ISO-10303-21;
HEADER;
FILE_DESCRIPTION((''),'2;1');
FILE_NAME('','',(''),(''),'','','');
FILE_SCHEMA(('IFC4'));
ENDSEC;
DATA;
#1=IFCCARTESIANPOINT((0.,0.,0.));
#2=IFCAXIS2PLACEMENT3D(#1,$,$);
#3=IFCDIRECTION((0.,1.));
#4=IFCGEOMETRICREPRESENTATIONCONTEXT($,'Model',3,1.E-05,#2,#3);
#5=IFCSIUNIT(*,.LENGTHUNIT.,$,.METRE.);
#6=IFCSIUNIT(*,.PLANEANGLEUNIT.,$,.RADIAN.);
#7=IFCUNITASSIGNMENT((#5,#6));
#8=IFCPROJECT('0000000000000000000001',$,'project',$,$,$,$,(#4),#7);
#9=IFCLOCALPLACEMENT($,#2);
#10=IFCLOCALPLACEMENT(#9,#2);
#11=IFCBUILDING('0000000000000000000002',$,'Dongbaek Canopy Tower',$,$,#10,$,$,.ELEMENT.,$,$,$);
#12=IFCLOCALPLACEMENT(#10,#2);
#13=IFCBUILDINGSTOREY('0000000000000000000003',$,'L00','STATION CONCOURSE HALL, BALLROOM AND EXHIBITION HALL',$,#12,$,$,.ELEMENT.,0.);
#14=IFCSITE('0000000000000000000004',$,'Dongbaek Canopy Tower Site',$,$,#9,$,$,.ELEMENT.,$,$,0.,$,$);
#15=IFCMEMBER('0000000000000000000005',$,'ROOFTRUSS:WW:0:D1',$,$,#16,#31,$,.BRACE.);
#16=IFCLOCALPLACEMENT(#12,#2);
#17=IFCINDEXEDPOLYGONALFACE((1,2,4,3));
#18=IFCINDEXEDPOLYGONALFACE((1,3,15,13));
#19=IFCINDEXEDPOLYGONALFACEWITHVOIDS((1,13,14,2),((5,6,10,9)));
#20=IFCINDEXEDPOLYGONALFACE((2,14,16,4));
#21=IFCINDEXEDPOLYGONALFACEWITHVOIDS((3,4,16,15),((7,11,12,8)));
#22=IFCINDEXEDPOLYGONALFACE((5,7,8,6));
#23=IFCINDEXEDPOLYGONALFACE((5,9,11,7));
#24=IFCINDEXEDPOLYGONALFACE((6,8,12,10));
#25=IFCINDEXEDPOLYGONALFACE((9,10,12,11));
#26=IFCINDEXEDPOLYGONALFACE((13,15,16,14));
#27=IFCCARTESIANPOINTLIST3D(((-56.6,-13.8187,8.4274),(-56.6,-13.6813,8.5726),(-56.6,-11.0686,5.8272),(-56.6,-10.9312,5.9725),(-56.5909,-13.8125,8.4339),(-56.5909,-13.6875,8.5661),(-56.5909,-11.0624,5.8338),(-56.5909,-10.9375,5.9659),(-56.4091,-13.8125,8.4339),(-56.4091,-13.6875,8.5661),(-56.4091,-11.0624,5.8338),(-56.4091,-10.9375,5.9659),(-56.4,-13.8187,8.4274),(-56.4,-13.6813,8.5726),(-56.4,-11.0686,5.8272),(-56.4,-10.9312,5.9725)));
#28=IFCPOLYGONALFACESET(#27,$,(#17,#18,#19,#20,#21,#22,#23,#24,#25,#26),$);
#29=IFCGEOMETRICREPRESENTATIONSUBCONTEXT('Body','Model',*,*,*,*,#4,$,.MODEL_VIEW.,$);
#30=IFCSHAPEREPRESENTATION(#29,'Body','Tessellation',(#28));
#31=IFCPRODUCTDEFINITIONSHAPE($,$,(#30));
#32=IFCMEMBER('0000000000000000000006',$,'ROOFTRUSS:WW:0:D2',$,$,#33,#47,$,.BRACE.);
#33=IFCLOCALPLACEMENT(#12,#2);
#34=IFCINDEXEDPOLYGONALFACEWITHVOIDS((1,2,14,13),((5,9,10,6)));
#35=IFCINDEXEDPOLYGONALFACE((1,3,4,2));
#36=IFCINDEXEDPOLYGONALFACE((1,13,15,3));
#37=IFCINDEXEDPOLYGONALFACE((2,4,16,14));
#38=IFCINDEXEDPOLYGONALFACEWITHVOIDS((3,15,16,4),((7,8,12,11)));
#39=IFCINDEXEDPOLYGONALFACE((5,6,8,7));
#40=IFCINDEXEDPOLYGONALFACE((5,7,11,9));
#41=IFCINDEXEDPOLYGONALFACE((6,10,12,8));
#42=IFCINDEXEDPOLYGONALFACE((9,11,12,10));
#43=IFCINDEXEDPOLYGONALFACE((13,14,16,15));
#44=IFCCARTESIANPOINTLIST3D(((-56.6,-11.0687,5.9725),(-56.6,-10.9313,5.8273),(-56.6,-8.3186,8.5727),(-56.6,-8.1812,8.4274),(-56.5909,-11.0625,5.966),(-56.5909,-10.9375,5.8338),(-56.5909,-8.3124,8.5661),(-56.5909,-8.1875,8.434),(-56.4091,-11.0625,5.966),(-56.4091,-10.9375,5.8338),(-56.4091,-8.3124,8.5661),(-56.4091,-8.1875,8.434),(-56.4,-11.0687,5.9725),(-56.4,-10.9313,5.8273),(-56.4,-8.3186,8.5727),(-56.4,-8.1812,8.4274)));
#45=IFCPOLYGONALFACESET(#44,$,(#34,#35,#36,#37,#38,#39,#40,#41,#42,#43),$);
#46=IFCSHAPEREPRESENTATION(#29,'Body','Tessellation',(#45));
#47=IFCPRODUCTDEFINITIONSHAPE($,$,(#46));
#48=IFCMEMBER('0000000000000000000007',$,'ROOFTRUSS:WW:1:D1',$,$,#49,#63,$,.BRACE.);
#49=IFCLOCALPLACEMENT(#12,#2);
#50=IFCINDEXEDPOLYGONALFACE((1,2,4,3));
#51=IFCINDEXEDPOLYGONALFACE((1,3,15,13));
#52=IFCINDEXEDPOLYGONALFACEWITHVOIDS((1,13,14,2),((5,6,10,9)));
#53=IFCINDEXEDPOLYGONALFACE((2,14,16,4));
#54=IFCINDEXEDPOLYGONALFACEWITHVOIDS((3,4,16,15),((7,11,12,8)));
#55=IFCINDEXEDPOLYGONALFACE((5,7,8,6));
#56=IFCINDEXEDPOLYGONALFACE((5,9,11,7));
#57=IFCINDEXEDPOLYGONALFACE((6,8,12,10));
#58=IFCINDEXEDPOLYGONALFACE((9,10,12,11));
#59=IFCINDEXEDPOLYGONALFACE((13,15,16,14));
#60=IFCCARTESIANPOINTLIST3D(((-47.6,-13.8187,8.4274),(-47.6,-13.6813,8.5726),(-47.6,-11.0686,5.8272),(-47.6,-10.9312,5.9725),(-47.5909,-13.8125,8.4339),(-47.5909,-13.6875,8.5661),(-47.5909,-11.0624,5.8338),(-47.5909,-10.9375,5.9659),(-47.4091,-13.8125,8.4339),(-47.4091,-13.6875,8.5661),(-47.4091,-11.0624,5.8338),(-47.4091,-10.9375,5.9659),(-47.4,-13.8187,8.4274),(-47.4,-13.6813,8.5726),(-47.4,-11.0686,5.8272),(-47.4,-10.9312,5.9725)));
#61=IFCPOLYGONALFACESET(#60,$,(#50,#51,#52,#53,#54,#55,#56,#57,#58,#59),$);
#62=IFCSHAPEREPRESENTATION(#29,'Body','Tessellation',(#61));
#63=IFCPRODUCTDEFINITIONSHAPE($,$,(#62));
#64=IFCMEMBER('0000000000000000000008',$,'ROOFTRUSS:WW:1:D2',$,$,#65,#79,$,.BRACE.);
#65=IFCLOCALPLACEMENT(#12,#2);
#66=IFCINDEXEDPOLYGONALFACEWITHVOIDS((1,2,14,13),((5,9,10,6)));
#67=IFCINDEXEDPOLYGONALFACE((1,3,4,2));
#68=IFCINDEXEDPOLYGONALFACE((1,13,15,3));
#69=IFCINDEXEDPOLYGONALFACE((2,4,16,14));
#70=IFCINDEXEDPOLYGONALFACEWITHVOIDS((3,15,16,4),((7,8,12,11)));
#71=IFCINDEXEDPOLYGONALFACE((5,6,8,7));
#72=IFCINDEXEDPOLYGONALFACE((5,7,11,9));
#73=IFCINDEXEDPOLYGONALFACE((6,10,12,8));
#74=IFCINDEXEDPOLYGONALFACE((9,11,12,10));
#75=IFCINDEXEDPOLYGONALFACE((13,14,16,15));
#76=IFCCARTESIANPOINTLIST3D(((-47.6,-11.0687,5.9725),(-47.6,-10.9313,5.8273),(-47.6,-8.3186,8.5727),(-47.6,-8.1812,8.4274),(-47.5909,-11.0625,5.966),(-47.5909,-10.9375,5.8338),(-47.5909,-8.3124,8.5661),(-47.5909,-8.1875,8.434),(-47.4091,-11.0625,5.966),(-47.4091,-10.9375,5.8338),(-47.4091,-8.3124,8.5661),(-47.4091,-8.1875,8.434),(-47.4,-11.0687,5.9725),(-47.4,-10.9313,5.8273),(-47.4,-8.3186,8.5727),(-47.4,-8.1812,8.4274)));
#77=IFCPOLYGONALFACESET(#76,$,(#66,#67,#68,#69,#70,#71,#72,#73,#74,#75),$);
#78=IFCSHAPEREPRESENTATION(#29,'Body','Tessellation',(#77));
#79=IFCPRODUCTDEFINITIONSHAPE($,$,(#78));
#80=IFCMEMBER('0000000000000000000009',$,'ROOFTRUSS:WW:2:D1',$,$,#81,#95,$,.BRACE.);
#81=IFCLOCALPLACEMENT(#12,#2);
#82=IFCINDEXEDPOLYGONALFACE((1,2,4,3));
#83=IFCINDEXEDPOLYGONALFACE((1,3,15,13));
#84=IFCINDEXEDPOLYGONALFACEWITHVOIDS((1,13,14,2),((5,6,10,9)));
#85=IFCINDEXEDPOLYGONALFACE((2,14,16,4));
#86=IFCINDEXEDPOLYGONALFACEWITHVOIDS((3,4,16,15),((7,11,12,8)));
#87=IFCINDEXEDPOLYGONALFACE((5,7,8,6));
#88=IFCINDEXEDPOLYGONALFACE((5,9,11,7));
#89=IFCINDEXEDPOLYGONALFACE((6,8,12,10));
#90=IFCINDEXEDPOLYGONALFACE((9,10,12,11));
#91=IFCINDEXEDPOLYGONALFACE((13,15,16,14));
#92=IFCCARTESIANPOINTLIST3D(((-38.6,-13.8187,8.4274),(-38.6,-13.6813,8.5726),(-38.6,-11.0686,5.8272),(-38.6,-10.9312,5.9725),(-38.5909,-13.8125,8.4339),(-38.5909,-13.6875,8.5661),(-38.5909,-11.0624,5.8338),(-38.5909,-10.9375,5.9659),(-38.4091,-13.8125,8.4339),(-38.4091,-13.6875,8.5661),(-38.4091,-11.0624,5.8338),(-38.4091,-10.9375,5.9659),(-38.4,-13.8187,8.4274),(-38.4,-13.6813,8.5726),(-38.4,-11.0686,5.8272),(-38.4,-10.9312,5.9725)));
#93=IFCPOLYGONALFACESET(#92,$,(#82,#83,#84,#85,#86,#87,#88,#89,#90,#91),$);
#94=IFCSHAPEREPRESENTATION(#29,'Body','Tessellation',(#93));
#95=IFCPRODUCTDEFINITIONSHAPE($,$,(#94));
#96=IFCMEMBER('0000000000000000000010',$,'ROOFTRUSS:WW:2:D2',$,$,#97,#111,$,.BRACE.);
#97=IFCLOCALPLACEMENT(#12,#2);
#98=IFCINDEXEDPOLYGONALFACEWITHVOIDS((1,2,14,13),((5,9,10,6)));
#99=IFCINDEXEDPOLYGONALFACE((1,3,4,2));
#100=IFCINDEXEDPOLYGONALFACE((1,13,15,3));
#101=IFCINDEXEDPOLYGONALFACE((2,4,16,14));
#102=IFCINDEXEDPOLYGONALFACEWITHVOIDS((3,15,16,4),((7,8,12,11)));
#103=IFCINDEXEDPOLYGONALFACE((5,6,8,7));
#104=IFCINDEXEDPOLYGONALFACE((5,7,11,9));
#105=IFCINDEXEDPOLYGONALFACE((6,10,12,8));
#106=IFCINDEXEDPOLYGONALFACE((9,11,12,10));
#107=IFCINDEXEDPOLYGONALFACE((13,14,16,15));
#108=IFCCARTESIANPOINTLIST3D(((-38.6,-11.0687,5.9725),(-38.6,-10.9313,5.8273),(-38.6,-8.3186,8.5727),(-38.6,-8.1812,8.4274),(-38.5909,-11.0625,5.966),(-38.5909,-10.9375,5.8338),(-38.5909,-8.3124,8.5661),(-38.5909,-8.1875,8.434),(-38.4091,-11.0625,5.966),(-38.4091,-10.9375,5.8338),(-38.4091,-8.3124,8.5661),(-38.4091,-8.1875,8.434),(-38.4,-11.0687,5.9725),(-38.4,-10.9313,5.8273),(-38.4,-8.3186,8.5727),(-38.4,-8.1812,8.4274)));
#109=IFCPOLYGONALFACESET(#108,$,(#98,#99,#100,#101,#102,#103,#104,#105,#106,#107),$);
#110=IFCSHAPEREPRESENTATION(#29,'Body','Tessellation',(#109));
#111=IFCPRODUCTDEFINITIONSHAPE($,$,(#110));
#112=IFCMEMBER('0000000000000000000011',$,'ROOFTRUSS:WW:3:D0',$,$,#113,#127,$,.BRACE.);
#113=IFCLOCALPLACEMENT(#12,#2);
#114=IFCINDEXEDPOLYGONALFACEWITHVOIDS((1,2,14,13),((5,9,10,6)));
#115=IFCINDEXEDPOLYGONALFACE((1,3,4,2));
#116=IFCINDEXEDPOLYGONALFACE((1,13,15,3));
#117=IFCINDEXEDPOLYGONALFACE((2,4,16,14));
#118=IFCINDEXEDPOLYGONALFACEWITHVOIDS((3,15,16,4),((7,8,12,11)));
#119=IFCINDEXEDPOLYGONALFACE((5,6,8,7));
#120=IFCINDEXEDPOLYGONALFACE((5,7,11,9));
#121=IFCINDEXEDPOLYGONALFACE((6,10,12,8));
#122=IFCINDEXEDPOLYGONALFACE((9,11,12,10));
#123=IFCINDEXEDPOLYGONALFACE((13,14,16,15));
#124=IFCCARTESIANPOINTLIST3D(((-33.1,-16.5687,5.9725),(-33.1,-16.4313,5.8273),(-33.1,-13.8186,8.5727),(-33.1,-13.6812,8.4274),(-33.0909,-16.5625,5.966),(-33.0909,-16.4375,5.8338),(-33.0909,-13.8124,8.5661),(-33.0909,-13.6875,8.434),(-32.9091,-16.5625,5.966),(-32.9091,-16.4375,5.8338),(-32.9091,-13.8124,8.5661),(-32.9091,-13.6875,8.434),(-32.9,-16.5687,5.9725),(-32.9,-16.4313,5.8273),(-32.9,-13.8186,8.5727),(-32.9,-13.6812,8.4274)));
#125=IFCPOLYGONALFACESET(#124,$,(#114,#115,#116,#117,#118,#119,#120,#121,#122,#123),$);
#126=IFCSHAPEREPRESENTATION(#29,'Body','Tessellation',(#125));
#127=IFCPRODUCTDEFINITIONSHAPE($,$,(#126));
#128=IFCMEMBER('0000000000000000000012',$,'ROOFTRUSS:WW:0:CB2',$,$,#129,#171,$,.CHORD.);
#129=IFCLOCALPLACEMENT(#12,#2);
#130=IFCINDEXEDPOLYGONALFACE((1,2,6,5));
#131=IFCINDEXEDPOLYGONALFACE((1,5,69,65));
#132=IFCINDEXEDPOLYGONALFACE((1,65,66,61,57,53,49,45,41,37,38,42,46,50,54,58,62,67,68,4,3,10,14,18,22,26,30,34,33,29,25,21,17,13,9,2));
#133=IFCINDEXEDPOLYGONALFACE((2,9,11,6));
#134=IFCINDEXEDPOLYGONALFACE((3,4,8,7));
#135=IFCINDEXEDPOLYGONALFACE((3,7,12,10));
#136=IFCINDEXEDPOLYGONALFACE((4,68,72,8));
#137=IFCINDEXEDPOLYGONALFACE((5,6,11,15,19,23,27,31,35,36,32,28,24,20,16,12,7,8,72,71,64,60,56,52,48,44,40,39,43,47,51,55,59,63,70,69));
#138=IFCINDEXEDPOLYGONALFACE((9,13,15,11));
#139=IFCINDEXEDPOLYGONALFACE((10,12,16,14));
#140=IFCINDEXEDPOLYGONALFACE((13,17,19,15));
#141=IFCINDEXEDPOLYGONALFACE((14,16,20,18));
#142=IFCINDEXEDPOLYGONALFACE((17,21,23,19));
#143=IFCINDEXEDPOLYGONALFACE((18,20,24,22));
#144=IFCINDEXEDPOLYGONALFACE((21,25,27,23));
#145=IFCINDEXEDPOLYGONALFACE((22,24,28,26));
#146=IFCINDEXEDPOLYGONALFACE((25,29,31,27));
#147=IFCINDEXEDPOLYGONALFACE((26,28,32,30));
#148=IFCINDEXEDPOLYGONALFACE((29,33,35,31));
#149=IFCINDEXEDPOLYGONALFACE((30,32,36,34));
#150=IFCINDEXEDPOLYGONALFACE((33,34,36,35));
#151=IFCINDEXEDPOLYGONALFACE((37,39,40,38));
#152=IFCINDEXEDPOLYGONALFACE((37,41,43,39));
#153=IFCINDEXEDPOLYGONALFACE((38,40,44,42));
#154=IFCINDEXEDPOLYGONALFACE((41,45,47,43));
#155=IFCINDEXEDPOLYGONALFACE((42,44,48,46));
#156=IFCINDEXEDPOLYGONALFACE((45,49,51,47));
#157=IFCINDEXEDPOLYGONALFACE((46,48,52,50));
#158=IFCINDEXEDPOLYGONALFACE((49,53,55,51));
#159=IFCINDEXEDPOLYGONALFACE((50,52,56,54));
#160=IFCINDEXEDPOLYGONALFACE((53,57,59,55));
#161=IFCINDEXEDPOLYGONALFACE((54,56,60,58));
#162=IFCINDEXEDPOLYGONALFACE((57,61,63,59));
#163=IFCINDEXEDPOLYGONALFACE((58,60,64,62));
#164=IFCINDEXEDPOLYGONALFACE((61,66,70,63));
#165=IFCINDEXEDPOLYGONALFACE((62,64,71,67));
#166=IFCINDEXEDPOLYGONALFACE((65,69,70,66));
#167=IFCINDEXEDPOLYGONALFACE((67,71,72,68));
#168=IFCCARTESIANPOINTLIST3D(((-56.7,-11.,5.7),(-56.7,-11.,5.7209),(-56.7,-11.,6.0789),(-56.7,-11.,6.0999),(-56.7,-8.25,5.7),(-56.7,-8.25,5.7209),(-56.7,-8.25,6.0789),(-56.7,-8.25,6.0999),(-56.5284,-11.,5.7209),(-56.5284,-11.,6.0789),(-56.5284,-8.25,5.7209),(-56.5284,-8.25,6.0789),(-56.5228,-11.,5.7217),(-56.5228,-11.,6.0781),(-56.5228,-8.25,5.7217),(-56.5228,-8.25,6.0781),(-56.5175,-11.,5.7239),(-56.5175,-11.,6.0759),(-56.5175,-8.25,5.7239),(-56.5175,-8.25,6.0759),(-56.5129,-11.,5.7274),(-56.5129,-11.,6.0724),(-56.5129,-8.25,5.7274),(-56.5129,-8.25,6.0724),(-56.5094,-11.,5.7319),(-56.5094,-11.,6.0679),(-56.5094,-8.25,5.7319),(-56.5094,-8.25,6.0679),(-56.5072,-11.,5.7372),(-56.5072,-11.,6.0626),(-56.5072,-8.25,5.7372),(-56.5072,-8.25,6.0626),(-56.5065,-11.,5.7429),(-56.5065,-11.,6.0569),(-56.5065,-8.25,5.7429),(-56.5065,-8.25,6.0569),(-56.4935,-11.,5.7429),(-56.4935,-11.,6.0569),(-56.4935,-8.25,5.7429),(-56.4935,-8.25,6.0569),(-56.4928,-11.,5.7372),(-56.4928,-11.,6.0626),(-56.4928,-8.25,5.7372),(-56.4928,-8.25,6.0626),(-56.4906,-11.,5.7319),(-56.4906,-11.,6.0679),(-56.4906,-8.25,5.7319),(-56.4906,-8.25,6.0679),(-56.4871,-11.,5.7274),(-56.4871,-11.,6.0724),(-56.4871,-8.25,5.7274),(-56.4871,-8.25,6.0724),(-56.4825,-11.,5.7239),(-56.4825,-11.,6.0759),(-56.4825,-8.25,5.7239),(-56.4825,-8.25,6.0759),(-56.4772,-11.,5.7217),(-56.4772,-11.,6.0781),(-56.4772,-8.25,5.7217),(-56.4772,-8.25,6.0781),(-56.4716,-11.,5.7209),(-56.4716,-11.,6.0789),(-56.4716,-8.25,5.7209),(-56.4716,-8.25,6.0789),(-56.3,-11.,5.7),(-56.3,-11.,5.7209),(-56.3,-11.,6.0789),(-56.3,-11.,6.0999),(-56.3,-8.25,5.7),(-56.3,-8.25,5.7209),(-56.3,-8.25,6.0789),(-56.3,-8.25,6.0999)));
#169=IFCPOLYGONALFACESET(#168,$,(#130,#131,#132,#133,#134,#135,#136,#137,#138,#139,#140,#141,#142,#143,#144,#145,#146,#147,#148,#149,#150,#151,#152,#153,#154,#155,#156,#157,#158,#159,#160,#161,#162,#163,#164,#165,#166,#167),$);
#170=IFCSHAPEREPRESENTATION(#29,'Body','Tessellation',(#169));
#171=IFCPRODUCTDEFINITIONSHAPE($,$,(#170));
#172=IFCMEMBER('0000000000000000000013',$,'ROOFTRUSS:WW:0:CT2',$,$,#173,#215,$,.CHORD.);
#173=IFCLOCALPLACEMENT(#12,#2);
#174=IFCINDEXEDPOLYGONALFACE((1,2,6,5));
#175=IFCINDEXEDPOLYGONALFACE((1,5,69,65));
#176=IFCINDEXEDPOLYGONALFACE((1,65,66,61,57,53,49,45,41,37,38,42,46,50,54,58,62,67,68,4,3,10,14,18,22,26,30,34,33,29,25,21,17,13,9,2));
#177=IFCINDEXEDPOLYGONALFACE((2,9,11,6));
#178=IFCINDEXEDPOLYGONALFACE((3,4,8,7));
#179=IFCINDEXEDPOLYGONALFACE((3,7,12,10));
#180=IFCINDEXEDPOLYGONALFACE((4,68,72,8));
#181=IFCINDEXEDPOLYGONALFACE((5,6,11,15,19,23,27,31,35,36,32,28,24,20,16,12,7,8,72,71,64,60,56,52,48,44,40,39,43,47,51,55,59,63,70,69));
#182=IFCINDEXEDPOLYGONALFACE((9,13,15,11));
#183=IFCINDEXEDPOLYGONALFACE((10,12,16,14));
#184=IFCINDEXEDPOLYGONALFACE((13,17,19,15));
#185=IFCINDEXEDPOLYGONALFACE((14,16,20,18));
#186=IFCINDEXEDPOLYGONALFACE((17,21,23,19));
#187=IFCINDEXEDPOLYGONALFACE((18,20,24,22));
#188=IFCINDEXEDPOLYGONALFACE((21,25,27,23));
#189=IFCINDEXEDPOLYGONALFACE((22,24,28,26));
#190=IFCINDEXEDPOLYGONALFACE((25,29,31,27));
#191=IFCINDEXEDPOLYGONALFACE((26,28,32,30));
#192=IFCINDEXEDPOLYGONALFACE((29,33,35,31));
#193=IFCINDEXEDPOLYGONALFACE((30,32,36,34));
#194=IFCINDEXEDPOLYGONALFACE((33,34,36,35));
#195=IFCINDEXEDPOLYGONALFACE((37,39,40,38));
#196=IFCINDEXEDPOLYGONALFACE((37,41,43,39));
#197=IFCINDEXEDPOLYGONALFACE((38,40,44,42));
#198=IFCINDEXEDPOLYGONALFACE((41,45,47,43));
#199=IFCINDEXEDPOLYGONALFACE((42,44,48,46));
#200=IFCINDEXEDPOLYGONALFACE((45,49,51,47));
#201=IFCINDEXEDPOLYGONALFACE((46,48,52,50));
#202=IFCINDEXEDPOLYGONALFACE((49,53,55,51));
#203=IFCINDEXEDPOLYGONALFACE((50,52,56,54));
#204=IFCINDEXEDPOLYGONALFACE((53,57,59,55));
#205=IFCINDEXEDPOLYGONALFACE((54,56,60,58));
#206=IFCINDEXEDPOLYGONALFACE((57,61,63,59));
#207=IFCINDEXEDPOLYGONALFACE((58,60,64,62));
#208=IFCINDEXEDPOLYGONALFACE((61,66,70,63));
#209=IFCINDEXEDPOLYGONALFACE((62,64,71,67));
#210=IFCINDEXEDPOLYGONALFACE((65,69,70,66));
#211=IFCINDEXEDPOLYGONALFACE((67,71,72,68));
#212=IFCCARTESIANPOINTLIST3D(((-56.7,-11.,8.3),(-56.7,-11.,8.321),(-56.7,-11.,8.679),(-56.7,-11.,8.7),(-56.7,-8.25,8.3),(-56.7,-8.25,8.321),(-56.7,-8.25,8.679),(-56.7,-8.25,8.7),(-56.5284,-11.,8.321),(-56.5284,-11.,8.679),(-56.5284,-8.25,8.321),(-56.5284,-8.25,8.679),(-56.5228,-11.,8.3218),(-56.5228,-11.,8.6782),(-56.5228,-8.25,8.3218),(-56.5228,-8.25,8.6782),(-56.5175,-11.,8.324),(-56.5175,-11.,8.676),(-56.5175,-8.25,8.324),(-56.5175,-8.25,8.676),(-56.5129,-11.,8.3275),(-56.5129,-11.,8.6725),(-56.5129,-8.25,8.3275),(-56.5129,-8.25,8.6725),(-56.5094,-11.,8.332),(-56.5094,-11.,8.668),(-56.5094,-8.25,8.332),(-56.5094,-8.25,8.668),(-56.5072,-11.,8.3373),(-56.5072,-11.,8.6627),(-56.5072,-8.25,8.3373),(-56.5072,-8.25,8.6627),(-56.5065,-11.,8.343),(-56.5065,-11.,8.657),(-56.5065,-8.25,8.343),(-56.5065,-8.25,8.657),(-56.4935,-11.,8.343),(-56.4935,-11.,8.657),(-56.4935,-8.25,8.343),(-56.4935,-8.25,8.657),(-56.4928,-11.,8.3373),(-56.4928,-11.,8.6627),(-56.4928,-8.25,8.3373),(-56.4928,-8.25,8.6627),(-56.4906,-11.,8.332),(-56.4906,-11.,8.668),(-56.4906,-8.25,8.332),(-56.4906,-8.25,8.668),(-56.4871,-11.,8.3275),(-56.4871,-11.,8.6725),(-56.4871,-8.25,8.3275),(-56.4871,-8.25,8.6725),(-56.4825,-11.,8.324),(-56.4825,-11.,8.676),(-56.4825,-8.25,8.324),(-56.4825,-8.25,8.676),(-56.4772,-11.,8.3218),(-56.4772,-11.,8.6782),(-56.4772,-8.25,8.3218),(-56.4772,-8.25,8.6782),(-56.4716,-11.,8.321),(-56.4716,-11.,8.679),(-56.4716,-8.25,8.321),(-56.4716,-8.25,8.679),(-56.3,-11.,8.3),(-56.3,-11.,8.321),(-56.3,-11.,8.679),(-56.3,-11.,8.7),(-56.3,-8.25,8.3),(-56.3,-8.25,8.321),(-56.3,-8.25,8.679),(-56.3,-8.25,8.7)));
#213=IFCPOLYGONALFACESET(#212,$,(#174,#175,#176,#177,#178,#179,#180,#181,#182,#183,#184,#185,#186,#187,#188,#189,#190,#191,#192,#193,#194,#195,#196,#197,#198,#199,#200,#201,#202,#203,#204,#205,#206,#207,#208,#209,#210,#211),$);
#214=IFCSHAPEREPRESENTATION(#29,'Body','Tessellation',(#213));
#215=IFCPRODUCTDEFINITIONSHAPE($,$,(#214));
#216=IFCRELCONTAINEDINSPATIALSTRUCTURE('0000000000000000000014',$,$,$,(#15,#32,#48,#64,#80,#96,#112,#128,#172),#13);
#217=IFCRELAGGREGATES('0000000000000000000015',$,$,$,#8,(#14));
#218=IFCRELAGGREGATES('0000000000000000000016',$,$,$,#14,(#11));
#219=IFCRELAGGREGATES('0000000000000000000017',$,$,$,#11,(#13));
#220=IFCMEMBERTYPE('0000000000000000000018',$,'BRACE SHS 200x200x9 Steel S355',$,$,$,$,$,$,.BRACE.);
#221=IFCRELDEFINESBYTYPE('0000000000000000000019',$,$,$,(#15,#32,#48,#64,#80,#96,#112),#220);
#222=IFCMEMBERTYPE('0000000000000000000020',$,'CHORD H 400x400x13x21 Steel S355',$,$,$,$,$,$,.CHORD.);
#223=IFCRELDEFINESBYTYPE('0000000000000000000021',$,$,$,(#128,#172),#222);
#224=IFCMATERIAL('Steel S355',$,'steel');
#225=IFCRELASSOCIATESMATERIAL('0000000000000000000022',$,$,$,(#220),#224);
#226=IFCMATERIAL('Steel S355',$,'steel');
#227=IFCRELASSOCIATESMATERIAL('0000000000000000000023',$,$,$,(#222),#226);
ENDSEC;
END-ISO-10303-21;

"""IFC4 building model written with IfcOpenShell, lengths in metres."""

from ifc_helpers import new_model, si_unit, direction, frame, origin, origin_2d, place, context, subcontext, project, spatial, hollow_rectangle, i_section, extrude, material, material_profile, profile_set, type_object, element, save


model = new_model("IFC4")

# Units and contexts
model_context = context("Model", 3, precision=1e-05, world=origin(), true_north=direction((0.0, 1.0)))
body_context = subcontext(model_context, "Body", "Model", "MODEL_VIEW")
ifc_project = project(units=[si_unit("LENGTHUNIT", "METRE"), si_unit("PLANEANGLEUNIT", "RADIAN")], contexts=[model_context])

# Site, building, storey
site_placement = place(None, origin())
site = spatial("IfcSite", under=ifc_project, at=site_placement, Name="Dongbaek Canopy Tower Site", CompositionType="ELEMENT", RefElevation=0.0)
building_placement = place(site_placement, origin())
building = spatial("IfcBuilding", under=site, at=building_placement, Name="Dongbaek Canopy Tower", CompositionType="ELEMENT")
storey_placement = place(building_placement, origin())
storey = spatial("IfcBuildingStorey", under=building, at=storey_placement, Name="L00", Description="STATION CONCOURSE HALL, BALLROOM AND EXHIBITION HALL", CompositionType="ELEMENT", Elevation=0.0)

# Members
ifc_material_1 = material(Name="Steel S355", Category="steel")
ifc_material_profile_1 = material_profile(ifc_material_1, hollow_rectangle(XDim=0.2, YDim=0.2, WallThickness=0.009, at=origin_2d()), Name="BRACE SHS 200x200x9 Steel S355")
ifc_profile_set_1 = profile_set([ifc_material_profile_1], Name="Steel S355")
member_type_1 = type_object("IfcMemberType", Name="BRACE SHS 200x200x9 Steel S355", PredefinedType="BRACE", material=ifc_profile_set_1)
for number, where, z_axis, x_axis, name in (
    (1, (-56.5, -13.75, 8.5), (0.0, 0.726634, -0.687025), (-1.0, 0.0, 0.0), "ROOFTRUSS:WW:0:D1"),
    (2, (-56.5, -11.0, 5.8999), (0.0, 0.726634, 0.687025), (-1.0, 0.0, 0.0), "ROOFTRUSS:WW:0:D2"),
    (3, (-47.5, -13.75, 8.5), (0.0, 0.726634, -0.687025), (-1.0, 0.0, 0.0), "ROOFTRUSS:WW:1:D1"),
    (4, (-47.5, -11.0, 5.8999), (0.0, 0.726634, 0.687025), (-1.0, 0.0, 0.0), "ROOFTRUSS:WW:1:D2"),
    (5, (-38.5, -13.75, 8.5), (0.0, 0.726634, -0.687025), (-1.0, 0.0, 0.0), "ROOFTRUSS:WW:2:D1"),
    (6, (-38.5, -11.0, 5.8999), (0.0, 0.726634, 0.687025), (-1.0, 0.0, 0.0), "ROOFTRUSS:WW:2:D2"),
    (7, (-33.0, -16.5, 5.8999), (0.0, 0.726634, 0.687025), (-1.0, 0.0, 0.0), "ROOFTRUSS:WW:3:D0"),
):
    element("IfcMember", number, at=place(storey_placement, frame(where, z_axis=z_axis, x_axis=x_axis)), inside=storey, type_object=member_type_1, Name=name, PredefinedType="BRACE", context=body_context, shape_type="SweptSolid", body=[
        extrude(hollow_rectangle(XDim=0.2, YDim=0.2, WallThickness=0.009, at=origin_2d()), origin(), (0.0, 0.0, 1.0), 3.7847),
    ])
ifc_material_2 = material(Name="Steel S355", Category="steel")
ifc_material_profile_2 = material_profile(ifc_material_2, i_section(OverallWidth=0.3999, OverallDepth=0.3999, WebThickness=0.0129, FlangeThickness=0.021, FilletRadius=0.022, at=origin_2d()), Name="CHORD H 400x400x13x21 Steel S355")
ifc_profile_set_2 = profile_set([ifc_material_profile_2], Name="Steel S355")
member_type_2 = type_object("IfcMemberType", Name="CHORD H 400x400x13x21 Steel S355", PredefinedType="CHORD", material=ifc_profile_set_2)
for number, where, z_axis, x_axis, name in (
    (8, (-56.5, -11.0, 5.8999), (0.0, 1.0, 0.0), (-1.0, 0.0, 0.0), "ROOFTRUSS:WW:0:CB2"),
    (9, (-56.5, -11.0, 8.5), (0.0, 1.0, 0.0), (-1.0, 0.0, 0.0), "ROOFTRUSS:WW:0:CT2"),
):
    element("IfcMember", number, at=place(storey_placement, frame(where, z_axis=z_axis, x_axis=x_axis)), inside=storey, type_object=member_type_2, Name=name, PredefinedType="CHORD", context=body_context, shape_type="SweptSolid", body=[
        extrude(i_section(OverallWidth=0.3999, OverallDepth=0.3999, WebThickness=0.0129, FlangeThickness=0.021, FilletRadius=0.022, at=origin_2d()), origin(), (0.0, 0.0, 1.0), 2.75),
    ])

save(model, "model.ifc")
